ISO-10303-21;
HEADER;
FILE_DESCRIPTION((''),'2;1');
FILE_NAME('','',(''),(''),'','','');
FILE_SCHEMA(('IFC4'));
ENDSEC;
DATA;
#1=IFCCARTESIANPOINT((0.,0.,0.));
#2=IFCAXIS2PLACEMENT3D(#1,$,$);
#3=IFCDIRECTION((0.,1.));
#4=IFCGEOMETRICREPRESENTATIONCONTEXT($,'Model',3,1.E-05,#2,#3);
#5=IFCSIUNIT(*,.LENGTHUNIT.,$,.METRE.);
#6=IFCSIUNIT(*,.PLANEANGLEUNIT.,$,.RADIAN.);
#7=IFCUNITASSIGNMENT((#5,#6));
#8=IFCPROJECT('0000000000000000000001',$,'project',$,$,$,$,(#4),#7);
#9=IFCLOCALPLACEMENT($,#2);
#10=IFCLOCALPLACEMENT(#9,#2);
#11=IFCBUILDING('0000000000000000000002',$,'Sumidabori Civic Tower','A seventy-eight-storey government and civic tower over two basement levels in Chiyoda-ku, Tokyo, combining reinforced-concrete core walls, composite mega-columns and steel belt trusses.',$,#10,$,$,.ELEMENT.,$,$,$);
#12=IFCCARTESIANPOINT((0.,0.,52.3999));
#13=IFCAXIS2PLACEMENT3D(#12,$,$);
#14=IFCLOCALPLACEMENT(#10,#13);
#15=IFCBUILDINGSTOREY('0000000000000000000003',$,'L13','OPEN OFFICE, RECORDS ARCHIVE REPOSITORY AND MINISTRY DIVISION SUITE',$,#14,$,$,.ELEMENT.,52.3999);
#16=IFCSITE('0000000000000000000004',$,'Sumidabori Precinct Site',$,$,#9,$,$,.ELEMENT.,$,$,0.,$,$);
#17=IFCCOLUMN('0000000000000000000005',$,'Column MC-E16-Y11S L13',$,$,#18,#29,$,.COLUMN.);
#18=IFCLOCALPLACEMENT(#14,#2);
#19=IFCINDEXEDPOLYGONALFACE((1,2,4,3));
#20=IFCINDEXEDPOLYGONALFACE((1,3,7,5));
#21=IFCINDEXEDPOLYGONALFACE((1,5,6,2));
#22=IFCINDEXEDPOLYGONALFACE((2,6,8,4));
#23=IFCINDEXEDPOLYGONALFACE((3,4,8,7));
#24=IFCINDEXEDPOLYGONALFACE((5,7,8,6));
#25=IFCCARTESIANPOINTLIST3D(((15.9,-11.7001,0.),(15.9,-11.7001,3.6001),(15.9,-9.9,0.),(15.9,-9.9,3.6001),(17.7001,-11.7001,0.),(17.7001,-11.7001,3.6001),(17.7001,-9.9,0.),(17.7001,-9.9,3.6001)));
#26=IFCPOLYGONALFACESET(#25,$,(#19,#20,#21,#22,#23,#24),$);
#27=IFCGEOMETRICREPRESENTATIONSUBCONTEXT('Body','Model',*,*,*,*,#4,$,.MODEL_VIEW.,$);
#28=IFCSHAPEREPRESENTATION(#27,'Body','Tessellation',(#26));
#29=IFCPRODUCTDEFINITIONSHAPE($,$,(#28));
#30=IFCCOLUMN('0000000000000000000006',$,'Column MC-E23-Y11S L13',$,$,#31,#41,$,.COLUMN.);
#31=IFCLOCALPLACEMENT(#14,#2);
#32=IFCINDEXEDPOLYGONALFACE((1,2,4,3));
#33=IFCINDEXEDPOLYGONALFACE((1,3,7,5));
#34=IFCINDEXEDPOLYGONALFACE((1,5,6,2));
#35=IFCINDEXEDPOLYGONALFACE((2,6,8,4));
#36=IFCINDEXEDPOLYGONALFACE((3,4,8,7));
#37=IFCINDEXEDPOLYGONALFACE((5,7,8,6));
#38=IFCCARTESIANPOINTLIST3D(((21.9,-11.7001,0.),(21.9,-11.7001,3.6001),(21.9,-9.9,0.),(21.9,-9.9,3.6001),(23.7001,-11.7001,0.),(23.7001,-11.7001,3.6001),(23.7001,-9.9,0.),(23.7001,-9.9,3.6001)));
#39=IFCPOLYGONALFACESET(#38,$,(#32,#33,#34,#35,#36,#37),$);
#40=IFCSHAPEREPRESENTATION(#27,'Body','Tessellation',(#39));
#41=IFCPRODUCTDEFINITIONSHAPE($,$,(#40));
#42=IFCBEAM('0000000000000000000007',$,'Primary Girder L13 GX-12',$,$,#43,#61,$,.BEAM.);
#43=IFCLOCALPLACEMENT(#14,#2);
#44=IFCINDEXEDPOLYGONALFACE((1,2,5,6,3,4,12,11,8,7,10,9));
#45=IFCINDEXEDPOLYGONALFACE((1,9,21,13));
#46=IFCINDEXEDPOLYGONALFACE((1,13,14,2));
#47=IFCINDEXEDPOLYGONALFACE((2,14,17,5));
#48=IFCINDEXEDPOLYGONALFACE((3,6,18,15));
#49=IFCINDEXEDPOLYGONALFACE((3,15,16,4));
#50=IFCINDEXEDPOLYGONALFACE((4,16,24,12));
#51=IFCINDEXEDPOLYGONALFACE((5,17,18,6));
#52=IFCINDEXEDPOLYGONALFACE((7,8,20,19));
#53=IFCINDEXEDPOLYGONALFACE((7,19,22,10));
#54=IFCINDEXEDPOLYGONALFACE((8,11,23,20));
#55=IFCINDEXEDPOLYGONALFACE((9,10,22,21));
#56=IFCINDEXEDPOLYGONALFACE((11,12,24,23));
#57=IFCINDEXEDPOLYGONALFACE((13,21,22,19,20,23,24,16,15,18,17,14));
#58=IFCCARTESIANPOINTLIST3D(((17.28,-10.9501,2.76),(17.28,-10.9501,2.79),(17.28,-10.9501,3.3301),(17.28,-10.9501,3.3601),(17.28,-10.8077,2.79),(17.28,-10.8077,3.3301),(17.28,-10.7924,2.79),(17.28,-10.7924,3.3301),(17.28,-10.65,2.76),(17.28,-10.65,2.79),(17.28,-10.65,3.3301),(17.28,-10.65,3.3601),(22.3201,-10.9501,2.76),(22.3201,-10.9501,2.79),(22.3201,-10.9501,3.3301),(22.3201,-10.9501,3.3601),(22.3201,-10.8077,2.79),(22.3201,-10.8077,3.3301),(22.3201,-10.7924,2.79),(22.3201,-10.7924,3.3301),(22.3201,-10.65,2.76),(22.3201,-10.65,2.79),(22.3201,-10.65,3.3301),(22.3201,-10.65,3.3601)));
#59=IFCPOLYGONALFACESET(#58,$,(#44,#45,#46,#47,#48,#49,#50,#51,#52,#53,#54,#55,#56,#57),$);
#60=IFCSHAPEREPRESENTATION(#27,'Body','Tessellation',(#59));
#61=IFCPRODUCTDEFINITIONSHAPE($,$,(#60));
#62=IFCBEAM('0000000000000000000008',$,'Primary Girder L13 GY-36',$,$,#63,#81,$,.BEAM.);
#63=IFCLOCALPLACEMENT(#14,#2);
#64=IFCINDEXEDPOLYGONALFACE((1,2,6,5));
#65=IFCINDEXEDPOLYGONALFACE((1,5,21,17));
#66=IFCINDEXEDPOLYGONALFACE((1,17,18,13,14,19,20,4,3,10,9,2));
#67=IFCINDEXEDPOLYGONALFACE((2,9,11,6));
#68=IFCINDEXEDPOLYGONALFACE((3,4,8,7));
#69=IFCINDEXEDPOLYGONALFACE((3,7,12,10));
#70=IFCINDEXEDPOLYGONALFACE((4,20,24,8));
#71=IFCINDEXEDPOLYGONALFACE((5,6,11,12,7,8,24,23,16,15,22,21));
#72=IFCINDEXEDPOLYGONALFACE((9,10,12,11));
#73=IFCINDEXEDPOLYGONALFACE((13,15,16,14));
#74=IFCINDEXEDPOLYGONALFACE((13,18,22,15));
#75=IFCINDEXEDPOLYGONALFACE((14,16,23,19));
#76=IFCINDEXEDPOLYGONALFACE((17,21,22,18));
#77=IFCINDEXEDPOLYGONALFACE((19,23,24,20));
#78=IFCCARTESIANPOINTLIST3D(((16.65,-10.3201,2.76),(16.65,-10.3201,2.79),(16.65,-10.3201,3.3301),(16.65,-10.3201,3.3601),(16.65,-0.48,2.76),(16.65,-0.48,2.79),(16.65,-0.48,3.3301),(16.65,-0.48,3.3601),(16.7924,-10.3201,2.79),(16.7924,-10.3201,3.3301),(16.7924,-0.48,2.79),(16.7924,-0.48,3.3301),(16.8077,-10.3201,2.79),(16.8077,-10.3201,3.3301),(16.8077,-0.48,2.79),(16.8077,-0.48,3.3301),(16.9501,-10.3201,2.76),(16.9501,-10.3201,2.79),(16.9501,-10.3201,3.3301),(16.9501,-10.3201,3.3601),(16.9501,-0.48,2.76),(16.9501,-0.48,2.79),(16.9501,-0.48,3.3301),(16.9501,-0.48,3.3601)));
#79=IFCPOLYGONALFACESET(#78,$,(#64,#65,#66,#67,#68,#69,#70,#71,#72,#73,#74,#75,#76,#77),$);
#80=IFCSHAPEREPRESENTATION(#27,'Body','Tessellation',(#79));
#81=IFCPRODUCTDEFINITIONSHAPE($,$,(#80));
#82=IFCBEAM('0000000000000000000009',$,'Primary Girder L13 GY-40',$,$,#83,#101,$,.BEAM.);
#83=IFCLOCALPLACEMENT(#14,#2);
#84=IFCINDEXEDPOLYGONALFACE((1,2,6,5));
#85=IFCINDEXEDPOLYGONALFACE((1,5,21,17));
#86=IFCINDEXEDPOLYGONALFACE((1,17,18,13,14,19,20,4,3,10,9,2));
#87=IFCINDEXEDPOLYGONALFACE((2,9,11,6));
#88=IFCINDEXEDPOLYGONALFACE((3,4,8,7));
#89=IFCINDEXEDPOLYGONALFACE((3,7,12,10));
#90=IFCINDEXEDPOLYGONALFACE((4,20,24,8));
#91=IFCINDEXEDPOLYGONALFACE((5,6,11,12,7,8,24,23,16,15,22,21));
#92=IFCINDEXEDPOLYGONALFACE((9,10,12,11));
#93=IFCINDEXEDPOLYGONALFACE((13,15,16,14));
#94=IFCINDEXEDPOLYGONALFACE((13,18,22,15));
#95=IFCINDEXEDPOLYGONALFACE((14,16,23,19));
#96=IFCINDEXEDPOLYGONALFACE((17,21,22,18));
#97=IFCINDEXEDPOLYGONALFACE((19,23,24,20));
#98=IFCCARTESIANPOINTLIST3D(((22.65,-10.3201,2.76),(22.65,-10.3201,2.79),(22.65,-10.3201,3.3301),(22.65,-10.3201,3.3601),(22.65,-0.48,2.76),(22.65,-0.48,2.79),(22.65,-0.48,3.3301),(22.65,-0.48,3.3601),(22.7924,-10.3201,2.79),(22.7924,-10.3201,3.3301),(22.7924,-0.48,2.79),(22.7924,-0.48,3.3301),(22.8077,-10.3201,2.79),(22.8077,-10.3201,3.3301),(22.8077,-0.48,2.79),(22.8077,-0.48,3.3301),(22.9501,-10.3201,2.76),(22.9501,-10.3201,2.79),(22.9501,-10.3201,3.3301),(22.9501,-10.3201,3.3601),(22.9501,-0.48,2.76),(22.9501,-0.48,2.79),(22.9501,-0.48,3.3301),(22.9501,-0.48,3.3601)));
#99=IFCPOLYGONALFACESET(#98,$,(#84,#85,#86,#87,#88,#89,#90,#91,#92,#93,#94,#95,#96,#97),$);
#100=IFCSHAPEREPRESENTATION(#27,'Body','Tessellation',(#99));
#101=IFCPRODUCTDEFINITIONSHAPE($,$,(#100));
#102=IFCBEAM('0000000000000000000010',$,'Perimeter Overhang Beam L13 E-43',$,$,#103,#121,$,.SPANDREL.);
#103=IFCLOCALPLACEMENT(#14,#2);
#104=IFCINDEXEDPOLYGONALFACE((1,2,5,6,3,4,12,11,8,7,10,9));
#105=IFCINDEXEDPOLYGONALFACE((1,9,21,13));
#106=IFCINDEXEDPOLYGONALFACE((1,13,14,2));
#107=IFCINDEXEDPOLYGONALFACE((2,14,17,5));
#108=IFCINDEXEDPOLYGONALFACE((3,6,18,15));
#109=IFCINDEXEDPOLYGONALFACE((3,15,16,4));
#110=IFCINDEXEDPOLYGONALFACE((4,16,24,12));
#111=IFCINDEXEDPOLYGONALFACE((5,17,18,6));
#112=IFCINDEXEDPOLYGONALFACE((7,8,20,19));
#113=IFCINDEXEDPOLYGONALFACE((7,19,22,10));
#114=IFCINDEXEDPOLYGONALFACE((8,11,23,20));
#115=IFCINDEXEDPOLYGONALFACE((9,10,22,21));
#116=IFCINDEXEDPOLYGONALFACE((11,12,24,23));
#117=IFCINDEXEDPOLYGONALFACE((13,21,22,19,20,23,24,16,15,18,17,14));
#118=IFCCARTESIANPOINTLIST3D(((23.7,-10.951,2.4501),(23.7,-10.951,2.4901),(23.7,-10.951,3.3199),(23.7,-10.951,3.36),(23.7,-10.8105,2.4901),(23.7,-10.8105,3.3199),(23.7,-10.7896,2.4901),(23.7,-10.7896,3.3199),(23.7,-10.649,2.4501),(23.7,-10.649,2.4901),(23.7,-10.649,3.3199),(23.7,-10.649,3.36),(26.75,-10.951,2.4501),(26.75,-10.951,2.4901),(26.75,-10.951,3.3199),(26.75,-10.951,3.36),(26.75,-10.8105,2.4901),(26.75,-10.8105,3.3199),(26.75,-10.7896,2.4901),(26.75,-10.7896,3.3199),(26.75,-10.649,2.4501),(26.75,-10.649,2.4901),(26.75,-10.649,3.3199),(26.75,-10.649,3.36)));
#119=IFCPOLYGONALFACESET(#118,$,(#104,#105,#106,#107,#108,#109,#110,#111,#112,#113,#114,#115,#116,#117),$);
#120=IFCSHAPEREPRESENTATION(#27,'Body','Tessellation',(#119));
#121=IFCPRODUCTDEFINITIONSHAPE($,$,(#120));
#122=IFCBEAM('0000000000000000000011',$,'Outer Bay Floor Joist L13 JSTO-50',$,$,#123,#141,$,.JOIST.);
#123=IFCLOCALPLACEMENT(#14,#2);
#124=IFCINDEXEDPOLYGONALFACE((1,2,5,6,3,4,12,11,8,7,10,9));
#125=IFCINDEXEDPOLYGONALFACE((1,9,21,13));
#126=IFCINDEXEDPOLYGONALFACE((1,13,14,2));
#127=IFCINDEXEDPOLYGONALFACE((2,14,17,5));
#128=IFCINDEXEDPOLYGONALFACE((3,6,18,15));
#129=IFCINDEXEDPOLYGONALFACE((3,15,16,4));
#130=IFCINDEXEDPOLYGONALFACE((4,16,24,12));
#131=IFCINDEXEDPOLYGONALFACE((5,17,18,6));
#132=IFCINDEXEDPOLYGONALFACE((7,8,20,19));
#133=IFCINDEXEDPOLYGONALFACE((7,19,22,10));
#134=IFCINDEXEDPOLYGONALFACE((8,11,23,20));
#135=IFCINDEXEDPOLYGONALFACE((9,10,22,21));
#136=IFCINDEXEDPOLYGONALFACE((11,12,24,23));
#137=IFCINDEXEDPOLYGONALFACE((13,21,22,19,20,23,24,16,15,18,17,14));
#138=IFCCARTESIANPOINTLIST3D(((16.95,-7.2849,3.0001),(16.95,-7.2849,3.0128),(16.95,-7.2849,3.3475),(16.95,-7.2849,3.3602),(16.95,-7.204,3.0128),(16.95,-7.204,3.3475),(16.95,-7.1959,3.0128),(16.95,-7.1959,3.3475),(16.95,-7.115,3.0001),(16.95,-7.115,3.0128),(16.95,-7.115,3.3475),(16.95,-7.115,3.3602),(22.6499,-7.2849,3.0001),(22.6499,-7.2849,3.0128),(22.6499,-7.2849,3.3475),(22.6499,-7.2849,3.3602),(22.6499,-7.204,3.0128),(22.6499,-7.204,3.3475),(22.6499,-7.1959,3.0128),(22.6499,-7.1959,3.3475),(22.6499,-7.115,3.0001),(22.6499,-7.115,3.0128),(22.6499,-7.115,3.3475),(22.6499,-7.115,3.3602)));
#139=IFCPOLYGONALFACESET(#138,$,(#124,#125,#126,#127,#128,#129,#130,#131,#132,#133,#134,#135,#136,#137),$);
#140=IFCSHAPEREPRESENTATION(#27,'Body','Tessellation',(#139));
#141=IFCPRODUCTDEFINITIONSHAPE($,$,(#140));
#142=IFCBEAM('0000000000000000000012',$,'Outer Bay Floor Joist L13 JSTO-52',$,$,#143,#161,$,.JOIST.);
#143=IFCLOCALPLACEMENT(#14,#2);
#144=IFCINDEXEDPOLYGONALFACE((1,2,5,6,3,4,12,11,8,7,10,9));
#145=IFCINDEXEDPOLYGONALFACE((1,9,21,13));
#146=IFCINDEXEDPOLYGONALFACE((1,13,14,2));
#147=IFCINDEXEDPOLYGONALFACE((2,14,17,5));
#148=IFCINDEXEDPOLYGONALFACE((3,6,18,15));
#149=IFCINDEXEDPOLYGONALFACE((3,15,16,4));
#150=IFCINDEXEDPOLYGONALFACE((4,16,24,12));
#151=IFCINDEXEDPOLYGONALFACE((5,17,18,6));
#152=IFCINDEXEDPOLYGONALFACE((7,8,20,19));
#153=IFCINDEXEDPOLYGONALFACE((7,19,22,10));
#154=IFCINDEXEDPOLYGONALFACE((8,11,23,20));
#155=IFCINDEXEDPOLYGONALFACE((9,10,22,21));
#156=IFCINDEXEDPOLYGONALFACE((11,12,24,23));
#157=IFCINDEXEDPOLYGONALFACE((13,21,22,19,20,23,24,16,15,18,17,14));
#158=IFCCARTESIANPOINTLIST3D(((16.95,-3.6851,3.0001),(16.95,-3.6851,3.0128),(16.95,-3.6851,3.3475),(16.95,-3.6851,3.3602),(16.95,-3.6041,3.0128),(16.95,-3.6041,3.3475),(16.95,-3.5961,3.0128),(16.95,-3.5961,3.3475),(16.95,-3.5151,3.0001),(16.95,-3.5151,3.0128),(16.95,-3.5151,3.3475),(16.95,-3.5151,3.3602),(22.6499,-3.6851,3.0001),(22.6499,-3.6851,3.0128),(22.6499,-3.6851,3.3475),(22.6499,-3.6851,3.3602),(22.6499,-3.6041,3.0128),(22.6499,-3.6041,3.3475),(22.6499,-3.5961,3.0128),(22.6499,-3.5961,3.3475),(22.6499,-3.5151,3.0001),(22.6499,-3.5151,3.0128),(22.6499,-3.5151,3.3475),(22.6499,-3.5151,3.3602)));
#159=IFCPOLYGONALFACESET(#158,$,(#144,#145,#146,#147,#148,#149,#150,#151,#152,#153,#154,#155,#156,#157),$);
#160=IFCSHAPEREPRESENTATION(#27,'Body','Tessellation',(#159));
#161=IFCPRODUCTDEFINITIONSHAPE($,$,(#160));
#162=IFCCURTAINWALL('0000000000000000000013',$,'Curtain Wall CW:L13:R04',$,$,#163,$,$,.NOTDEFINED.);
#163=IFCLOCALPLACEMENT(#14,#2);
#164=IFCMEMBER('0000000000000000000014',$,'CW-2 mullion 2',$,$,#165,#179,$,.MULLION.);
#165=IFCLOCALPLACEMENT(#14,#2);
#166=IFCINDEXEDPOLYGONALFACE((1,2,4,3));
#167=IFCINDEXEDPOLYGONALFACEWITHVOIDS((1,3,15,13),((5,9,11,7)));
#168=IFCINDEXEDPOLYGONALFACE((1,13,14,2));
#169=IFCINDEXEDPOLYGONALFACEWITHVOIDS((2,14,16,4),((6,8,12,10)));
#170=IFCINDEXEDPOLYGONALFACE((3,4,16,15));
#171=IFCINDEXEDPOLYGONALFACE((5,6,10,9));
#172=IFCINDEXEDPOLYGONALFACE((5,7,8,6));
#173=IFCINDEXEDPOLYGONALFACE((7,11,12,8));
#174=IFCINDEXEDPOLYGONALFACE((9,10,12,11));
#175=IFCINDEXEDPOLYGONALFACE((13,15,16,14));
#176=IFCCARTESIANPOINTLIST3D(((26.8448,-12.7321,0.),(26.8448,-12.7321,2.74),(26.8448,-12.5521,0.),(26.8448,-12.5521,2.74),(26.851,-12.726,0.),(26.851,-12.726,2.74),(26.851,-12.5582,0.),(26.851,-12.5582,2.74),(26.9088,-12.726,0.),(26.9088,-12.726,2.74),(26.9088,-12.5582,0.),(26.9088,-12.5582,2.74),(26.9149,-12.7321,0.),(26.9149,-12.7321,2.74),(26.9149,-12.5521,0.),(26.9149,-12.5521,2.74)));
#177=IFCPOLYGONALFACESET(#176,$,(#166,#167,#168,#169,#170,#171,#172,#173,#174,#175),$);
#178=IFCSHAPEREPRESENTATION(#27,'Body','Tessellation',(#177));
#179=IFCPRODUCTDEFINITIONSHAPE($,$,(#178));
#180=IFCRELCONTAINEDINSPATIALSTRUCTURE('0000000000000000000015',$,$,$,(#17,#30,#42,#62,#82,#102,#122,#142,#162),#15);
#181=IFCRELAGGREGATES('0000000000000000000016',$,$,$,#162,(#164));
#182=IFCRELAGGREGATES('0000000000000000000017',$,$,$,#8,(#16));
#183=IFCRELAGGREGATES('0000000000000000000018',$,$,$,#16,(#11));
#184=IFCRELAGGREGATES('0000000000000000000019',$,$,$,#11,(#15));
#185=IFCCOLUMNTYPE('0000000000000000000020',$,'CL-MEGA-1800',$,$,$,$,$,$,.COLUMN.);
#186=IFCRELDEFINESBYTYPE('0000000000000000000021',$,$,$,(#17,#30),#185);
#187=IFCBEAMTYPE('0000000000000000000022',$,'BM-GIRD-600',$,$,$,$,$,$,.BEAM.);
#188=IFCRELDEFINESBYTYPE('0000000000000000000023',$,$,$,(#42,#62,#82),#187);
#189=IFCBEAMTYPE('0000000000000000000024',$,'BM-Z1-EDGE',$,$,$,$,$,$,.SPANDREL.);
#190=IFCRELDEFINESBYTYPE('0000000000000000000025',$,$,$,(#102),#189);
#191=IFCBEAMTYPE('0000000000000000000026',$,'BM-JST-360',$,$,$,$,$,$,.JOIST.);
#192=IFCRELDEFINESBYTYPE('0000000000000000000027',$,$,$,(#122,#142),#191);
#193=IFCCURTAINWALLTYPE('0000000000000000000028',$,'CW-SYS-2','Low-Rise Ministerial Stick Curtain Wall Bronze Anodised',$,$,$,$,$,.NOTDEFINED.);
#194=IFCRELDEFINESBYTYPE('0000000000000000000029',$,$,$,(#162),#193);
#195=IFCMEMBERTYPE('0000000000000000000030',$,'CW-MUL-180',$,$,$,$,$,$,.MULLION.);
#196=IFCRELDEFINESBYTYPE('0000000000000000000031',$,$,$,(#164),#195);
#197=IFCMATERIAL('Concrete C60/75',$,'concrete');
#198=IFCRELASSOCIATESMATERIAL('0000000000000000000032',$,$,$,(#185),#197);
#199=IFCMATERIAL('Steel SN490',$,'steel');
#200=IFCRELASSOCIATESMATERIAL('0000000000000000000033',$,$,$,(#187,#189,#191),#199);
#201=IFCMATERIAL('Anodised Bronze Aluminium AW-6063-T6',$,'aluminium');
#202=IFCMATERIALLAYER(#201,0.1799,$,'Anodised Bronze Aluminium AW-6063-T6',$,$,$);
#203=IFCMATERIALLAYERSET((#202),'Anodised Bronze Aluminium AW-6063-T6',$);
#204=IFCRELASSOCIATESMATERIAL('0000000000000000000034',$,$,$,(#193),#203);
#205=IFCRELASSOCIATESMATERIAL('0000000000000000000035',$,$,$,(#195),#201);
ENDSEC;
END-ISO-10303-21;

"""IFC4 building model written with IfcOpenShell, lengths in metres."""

from ifc_helpers import new_model, si_unit, direction, frame, origin, origin_2d, place, context, subcontext, project, spatial, rectangle, hollow_rectangle, i_section, extrude, source, transform, mapped, material, layer, layer_set, material_profile, profile_set, type_object, element, aggregate, save


model = new_model("IFC4")

# Units and contexts
model_context = context("Model", 3, precision=1e-05, world=origin(), true_north=direction((0.0, 1.0)))
body_context = subcontext(model_context, "Body", "Model", "MODEL_VIEW")
ifc_project = project(units=[si_unit("LENGTHUNIT", "METRE"), si_unit("PLANEANGLEUNIT", "RADIAN")], contexts=[model_context])

# Site, building, storey
site_placement = place(None, origin())
site = spatial("IfcSite", under=ifc_project, at=site_placement, Name="Sumidabori Precinct Site", CompositionType="ELEMENT", RefElevation=0.0)
building_placement = place(site_placement, origin())
building = spatial("IfcBuilding", under=site, at=building_placement, Name="Sumidabori Civic Tower", Description="A seventy-eight-storey government and civic tower over two basement levels in Chiyoda-ku, Tokyo, combining reinforced-concrete core walls, composite mega-columns and steel belt trusses.", CompositionType="ELEMENT")
storey_placement = place(building_placement, frame((0.0, 0.0, 52.3999)))
storey = spatial("IfcBuildingStorey", under=building, at=storey_placement, Name="L13", Description="OPEN OFFICE, RECORDS ARCHIVE REPOSITORY AND MINISTRY DIVISION SUITE", CompositionType="ELEMENT", Elevation=52.3999)

# Columns
ifc_material_1 = material(Name="Concrete C60/75", Category="concrete")
ifc_material_profile_1 = material_profile(ifc_material_1, rectangle(XDim=1.8, YDim=1.8, at=origin_2d()), Name="RC 1800x1800")
ifc_profile_set_1 = profile_set([ifc_material_profile_1], Name="Concrete C60/75")
column_type = type_object("IfcColumnType", Name="CL-MEGA-1800", PredefinedType="COLUMN", material=ifc_profile_set_1)
shared_shape_1 = source(origin(), body_context, "Body", "SweptSolid", [
    extrude(rectangle(XDim=1.8, YDim=1.8, at=origin_2d()), origin(), (0.0, 0.0, 1.0), 3.6001),
])
for number, where, z_axis, x_axis, name in (
    (1, (16.8, -10.8, 0.0), (0.0, 0.0, 1.0), (1.0, 0.0, 0.0), "Column MC-E16-Y11S L13"),
    (2, (22.8, -10.8, 0.0), (0.0, 0.0, 1.0), (1.0, 0.0, 0.0), "Column MC-E23-Y11S L13"),
):
    element("IfcColumn", number, at=place(storey_placement, frame(where, z_axis=z_axis, x_axis=x_axis)), inside=storey, type_object=column_type, Name=name, PredefinedType="COLUMN", context=body_context, shape_type="MappedRepresentation", body=[
        mapped(shared_shape_1, transform((0.0, 0.0, 0.0), x_axis=(1.0, 0.0, 0.0), y_axis=(0.0, 1.0, 0.0), z_axis=(0.0, 0.0, 1.0), scale=1.0)),
    ])

# Beams
ifc_material_2 = material(Name="Steel SN490", Category="steel")
ifc_material_profile_2 = material_profile(ifc_material_2, i_section(OverallWidth=0.3, OverallDepth=0.6001, WebThickness=0.0154, FlangeThickness=0.03, at=origin_2d()), Name="HE 600 B")
ifc_profile_set_2 = profile_set([ifc_material_profile_2], Name="Steel SN490")
beam_type_1 = type_object("IfcBeamType", Name="BM-GIRD-600", PredefinedType="BEAM", material=ifc_profile_set_2)
shared_shape_2 = source(origin(), body_context, "Body", "SweptSolid", [
    extrude(i_section(OverallWidth=0.3, OverallDepth=0.6001, WebThickness=0.0154, FlangeThickness=0.03, at=origin_2d()), origin(), (0.0, 0.0, 1.0), 5.04),
])
beam_1_placement = place(storey_placement, frame((17.28, -10.8, 3.0601), z_axis=(1.0, 0.0, 0.0), x_axis=(0.0, 1.0, 0.0)))
element("IfcBeam", 3, at=beam_1_placement, inside=storey, type_object=beam_type_1, Name="Primary Girder L13 GX-12", PredefinedType="BEAM", context=body_context, shape_type="MappedRepresentation", body=[
    mapped(shared_shape_2, transform((0.0, 0.0, 0.0), x_axis=(1.0, 0.0, 0.0), y_axis=(0.0, 1.0, 0.0), z_axis=(0.0, 0.0, 1.0), scale=1.0)),
])
shared_shape_3 = source(origin(), body_context, "Body", "SweptSolid", [
    extrude(i_section(OverallWidth=0.3, OverallDepth=0.6001, WebThickness=0.0154, FlangeThickness=0.03, at=origin_2d()), origin(), (0.0, 0.0, 1.0), 9.8401),
])
for number, where, z_axis, x_axis, name in (
    (4, (16.8, -10.3201, 3.0601), (0.0, 1.0, 0.0), (-1.0, 0.0, 0.0), "Primary Girder L13 GY-36"),
    (5, (22.8, -10.3201, 3.0601), (0.0, 1.0, 0.0), (-1.0, 0.0, 0.0), "Primary Girder L13 GY-40"),
):
    element("IfcBeam", number, at=place(storey_placement, frame(where, z_axis=z_axis, x_axis=x_axis)), inside=storey, type_object=beam_type_1, Name=name, PredefinedType="BEAM", context=body_context, shape_type="MappedRepresentation", body=[
        mapped(shared_shape_3, transform((0.0, 0.0, 0.0), x_axis=(1.0, 0.0, 0.0), y_axis=(0.0, 1.0, 0.0), z_axis=(0.0, 0.0, 1.0), scale=1.0)),
    ])
ifc_material_profile_3 = material_profile(ifc_material_2, i_section(OverallWidth=0.302, OverallDepth=0.9099, WebThickness=0.021, FlangeThickness=0.04, at=origin_2d()), Name="HE 900 M")
ifc_profile_set_3 = profile_set([ifc_material_profile_3], Name="Steel SN490")
beam_type_2 = type_object("IfcBeamType", Name="BM-Z1-EDGE", PredefinedType="SPANDREL", material=ifc_profile_set_3)
shared_shape_4 = source(origin(), body_context, "Body", "SweptSolid", [
    extrude(i_section(OverallWidth=0.302, OverallDepth=0.9099, WebThickness=0.021, FlangeThickness=0.04, at=origin_2d()), origin(), (0.0, 0.0, 1.0), 3.05),
])
beam_2_placement = place(storey_placement, frame((23.7, -10.8, 2.905), z_axis=(1.0, 0.0, 0.0), x_axis=(0.0, 1.0, 0.0)))
element("IfcBeam", 6, at=beam_2_placement, inside=storey, type_object=beam_type_2, Name="Perimeter Overhang Beam L13 E-43", PredefinedType="SPANDREL", context=body_context, shape_type="MappedRepresentation", body=[
    mapped(shared_shape_4, transform((0.0, 0.0, 0.0), x_axis=(1.0, 0.0, 0.0), y_axis=(0.0, 1.0, 0.0), z_axis=(0.0, 0.0, 1.0), scale=1.0)),
])
ifc_material_profile_4 = material_profile(ifc_material_2, i_section(OverallWidth=0.1699, OverallDepth=0.3601, WebThickness=0.0081, FlangeThickness=0.0127, at=origin_2d()), Name="IPE 360")
ifc_profile_set_4 = profile_set([ifc_material_profile_4], Name="Steel SN490")
beam_type_3 = type_object("IfcBeamType", Name="BM-JST-360", PredefinedType="JOIST", material=ifc_profile_set_4)
shared_shape_5 = source(origin(), body_context, "Body", "SweptSolid", [
    extrude(i_section(OverallWidth=0.1699, OverallDepth=0.3601, WebThickness=0.0081, FlangeThickness=0.0127, at=origin_2d()), origin(), (0.0, 0.0, 1.0), 5.7),
])
for number, where, z_axis, x_axis, name in (
    (7, (16.95, -7.2, 3.1802), (1.0, 0.0, 0.0), (0.0, 1.0, 0.0), "Outer Bay Floor Joist L13 JSTO-50"),
    (8, (16.95, -3.6001, 3.1802), (1.0, 0.0, 0.0), (0.0, 1.0, 0.0), "Outer Bay Floor Joist L13 JSTO-52"),
):
    element("IfcBeam", number, at=place(storey_placement, frame(where, z_axis=z_axis, x_axis=x_axis)), inside=storey, type_object=beam_type_3, Name=name, PredefinedType="JOIST", context=body_context, shape_type="MappedRepresentation", body=[
        mapped(shared_shape_5, transform((0.0, 0.0, 0.0), x_axis=(1.0, 0.0, 0.0), y_axis=(0.0, 1.0, 0.0), z_axis=(0.0, 0.0, 1.0), scale=1.0)),
    ])

# Curtain wall, member
ifc_material_3 = material(Name="Anodised Bronze Aluminium AW-6063-T6", Category="aluminium")
ifc_layer_1 = layer(ifc_material_3, 0.1799, Name="Anodised Bronze Aluminium AW-6063-T6")
ifc_layer_set_1 = layer_set([ifc_layer_1], Name="Anodised Bronze Aluminium AW-6063-T6")
curtain_wall_type = type_object("IfcCurtainWallType", Name="CW-SYS-2", Description="Low-Rise Ministerial Stick Curtain Wall Bronze Anodised", PredefinedType="NOTDEFINED", material=ifc_layer_set_1)
curtain_wall_placement = place(storey_placement, origin())
curtain_wall = element("IfcCurtainWall", 9, at=curtain_wall_placement, inside=storey, type_object=curtain_wall_type, Name="Curtain Wall CW:L13:R04", PredefinedType="NOTDEFINED")
ifc_material_profile_5 = material_profile(ifc_material_3, hollow_rectangle(XDim=0.0701, YDim=0.1799, WallThickness=0.0061, at=origin_2d()), Name="ALU MULLION 180x70")
ifc_profile_set_5 = profile_set([ifc_material_profile_5], Name="Anodised Bronze Aluminium AW-6063-T6")
member_type_1 = type_object("IfcMemberType", Name="CW-MUL-180", PredefinedType="MULLION", material=ifc_profile_set_5)
shared_shape_6 = source(origin(), body_context, "Body", "SweptSolid", [
    extrude(hollow_rectangle(XDim=0.0701, YDim=0.1799, WallThickness=0.0061, at=origin_2d()), origin(), (0.0, 0.0, 1.0), 2.74),
])
member_1_placement = place(storey_placement, frame((26.8799, -12.6421, 0.0), z_axis=(0.0, 0.0, 1.0), x_axis=(-1.0, 0.0, 0.0)))
member_1 = element("IfcMember", 10, at=member_1_placement, type_object=member_type_1, Name="CW-2 mullion 2", PredefinedType="MULLION", context=body_context, shape_type="MappedRepresentation", body=[
    mapped(shared_shape_6, transform((0.0, 0.0, 0.0), x_axis=(1.0, 0.0, 0.0), y_axis=(0.0, 1.0, 0.0), z_axis=(0.0, 0.0, 1.0), scale=1.0)),
])
aggregate(curtain_wall, [member_1])

save(model, "model.ifc")
